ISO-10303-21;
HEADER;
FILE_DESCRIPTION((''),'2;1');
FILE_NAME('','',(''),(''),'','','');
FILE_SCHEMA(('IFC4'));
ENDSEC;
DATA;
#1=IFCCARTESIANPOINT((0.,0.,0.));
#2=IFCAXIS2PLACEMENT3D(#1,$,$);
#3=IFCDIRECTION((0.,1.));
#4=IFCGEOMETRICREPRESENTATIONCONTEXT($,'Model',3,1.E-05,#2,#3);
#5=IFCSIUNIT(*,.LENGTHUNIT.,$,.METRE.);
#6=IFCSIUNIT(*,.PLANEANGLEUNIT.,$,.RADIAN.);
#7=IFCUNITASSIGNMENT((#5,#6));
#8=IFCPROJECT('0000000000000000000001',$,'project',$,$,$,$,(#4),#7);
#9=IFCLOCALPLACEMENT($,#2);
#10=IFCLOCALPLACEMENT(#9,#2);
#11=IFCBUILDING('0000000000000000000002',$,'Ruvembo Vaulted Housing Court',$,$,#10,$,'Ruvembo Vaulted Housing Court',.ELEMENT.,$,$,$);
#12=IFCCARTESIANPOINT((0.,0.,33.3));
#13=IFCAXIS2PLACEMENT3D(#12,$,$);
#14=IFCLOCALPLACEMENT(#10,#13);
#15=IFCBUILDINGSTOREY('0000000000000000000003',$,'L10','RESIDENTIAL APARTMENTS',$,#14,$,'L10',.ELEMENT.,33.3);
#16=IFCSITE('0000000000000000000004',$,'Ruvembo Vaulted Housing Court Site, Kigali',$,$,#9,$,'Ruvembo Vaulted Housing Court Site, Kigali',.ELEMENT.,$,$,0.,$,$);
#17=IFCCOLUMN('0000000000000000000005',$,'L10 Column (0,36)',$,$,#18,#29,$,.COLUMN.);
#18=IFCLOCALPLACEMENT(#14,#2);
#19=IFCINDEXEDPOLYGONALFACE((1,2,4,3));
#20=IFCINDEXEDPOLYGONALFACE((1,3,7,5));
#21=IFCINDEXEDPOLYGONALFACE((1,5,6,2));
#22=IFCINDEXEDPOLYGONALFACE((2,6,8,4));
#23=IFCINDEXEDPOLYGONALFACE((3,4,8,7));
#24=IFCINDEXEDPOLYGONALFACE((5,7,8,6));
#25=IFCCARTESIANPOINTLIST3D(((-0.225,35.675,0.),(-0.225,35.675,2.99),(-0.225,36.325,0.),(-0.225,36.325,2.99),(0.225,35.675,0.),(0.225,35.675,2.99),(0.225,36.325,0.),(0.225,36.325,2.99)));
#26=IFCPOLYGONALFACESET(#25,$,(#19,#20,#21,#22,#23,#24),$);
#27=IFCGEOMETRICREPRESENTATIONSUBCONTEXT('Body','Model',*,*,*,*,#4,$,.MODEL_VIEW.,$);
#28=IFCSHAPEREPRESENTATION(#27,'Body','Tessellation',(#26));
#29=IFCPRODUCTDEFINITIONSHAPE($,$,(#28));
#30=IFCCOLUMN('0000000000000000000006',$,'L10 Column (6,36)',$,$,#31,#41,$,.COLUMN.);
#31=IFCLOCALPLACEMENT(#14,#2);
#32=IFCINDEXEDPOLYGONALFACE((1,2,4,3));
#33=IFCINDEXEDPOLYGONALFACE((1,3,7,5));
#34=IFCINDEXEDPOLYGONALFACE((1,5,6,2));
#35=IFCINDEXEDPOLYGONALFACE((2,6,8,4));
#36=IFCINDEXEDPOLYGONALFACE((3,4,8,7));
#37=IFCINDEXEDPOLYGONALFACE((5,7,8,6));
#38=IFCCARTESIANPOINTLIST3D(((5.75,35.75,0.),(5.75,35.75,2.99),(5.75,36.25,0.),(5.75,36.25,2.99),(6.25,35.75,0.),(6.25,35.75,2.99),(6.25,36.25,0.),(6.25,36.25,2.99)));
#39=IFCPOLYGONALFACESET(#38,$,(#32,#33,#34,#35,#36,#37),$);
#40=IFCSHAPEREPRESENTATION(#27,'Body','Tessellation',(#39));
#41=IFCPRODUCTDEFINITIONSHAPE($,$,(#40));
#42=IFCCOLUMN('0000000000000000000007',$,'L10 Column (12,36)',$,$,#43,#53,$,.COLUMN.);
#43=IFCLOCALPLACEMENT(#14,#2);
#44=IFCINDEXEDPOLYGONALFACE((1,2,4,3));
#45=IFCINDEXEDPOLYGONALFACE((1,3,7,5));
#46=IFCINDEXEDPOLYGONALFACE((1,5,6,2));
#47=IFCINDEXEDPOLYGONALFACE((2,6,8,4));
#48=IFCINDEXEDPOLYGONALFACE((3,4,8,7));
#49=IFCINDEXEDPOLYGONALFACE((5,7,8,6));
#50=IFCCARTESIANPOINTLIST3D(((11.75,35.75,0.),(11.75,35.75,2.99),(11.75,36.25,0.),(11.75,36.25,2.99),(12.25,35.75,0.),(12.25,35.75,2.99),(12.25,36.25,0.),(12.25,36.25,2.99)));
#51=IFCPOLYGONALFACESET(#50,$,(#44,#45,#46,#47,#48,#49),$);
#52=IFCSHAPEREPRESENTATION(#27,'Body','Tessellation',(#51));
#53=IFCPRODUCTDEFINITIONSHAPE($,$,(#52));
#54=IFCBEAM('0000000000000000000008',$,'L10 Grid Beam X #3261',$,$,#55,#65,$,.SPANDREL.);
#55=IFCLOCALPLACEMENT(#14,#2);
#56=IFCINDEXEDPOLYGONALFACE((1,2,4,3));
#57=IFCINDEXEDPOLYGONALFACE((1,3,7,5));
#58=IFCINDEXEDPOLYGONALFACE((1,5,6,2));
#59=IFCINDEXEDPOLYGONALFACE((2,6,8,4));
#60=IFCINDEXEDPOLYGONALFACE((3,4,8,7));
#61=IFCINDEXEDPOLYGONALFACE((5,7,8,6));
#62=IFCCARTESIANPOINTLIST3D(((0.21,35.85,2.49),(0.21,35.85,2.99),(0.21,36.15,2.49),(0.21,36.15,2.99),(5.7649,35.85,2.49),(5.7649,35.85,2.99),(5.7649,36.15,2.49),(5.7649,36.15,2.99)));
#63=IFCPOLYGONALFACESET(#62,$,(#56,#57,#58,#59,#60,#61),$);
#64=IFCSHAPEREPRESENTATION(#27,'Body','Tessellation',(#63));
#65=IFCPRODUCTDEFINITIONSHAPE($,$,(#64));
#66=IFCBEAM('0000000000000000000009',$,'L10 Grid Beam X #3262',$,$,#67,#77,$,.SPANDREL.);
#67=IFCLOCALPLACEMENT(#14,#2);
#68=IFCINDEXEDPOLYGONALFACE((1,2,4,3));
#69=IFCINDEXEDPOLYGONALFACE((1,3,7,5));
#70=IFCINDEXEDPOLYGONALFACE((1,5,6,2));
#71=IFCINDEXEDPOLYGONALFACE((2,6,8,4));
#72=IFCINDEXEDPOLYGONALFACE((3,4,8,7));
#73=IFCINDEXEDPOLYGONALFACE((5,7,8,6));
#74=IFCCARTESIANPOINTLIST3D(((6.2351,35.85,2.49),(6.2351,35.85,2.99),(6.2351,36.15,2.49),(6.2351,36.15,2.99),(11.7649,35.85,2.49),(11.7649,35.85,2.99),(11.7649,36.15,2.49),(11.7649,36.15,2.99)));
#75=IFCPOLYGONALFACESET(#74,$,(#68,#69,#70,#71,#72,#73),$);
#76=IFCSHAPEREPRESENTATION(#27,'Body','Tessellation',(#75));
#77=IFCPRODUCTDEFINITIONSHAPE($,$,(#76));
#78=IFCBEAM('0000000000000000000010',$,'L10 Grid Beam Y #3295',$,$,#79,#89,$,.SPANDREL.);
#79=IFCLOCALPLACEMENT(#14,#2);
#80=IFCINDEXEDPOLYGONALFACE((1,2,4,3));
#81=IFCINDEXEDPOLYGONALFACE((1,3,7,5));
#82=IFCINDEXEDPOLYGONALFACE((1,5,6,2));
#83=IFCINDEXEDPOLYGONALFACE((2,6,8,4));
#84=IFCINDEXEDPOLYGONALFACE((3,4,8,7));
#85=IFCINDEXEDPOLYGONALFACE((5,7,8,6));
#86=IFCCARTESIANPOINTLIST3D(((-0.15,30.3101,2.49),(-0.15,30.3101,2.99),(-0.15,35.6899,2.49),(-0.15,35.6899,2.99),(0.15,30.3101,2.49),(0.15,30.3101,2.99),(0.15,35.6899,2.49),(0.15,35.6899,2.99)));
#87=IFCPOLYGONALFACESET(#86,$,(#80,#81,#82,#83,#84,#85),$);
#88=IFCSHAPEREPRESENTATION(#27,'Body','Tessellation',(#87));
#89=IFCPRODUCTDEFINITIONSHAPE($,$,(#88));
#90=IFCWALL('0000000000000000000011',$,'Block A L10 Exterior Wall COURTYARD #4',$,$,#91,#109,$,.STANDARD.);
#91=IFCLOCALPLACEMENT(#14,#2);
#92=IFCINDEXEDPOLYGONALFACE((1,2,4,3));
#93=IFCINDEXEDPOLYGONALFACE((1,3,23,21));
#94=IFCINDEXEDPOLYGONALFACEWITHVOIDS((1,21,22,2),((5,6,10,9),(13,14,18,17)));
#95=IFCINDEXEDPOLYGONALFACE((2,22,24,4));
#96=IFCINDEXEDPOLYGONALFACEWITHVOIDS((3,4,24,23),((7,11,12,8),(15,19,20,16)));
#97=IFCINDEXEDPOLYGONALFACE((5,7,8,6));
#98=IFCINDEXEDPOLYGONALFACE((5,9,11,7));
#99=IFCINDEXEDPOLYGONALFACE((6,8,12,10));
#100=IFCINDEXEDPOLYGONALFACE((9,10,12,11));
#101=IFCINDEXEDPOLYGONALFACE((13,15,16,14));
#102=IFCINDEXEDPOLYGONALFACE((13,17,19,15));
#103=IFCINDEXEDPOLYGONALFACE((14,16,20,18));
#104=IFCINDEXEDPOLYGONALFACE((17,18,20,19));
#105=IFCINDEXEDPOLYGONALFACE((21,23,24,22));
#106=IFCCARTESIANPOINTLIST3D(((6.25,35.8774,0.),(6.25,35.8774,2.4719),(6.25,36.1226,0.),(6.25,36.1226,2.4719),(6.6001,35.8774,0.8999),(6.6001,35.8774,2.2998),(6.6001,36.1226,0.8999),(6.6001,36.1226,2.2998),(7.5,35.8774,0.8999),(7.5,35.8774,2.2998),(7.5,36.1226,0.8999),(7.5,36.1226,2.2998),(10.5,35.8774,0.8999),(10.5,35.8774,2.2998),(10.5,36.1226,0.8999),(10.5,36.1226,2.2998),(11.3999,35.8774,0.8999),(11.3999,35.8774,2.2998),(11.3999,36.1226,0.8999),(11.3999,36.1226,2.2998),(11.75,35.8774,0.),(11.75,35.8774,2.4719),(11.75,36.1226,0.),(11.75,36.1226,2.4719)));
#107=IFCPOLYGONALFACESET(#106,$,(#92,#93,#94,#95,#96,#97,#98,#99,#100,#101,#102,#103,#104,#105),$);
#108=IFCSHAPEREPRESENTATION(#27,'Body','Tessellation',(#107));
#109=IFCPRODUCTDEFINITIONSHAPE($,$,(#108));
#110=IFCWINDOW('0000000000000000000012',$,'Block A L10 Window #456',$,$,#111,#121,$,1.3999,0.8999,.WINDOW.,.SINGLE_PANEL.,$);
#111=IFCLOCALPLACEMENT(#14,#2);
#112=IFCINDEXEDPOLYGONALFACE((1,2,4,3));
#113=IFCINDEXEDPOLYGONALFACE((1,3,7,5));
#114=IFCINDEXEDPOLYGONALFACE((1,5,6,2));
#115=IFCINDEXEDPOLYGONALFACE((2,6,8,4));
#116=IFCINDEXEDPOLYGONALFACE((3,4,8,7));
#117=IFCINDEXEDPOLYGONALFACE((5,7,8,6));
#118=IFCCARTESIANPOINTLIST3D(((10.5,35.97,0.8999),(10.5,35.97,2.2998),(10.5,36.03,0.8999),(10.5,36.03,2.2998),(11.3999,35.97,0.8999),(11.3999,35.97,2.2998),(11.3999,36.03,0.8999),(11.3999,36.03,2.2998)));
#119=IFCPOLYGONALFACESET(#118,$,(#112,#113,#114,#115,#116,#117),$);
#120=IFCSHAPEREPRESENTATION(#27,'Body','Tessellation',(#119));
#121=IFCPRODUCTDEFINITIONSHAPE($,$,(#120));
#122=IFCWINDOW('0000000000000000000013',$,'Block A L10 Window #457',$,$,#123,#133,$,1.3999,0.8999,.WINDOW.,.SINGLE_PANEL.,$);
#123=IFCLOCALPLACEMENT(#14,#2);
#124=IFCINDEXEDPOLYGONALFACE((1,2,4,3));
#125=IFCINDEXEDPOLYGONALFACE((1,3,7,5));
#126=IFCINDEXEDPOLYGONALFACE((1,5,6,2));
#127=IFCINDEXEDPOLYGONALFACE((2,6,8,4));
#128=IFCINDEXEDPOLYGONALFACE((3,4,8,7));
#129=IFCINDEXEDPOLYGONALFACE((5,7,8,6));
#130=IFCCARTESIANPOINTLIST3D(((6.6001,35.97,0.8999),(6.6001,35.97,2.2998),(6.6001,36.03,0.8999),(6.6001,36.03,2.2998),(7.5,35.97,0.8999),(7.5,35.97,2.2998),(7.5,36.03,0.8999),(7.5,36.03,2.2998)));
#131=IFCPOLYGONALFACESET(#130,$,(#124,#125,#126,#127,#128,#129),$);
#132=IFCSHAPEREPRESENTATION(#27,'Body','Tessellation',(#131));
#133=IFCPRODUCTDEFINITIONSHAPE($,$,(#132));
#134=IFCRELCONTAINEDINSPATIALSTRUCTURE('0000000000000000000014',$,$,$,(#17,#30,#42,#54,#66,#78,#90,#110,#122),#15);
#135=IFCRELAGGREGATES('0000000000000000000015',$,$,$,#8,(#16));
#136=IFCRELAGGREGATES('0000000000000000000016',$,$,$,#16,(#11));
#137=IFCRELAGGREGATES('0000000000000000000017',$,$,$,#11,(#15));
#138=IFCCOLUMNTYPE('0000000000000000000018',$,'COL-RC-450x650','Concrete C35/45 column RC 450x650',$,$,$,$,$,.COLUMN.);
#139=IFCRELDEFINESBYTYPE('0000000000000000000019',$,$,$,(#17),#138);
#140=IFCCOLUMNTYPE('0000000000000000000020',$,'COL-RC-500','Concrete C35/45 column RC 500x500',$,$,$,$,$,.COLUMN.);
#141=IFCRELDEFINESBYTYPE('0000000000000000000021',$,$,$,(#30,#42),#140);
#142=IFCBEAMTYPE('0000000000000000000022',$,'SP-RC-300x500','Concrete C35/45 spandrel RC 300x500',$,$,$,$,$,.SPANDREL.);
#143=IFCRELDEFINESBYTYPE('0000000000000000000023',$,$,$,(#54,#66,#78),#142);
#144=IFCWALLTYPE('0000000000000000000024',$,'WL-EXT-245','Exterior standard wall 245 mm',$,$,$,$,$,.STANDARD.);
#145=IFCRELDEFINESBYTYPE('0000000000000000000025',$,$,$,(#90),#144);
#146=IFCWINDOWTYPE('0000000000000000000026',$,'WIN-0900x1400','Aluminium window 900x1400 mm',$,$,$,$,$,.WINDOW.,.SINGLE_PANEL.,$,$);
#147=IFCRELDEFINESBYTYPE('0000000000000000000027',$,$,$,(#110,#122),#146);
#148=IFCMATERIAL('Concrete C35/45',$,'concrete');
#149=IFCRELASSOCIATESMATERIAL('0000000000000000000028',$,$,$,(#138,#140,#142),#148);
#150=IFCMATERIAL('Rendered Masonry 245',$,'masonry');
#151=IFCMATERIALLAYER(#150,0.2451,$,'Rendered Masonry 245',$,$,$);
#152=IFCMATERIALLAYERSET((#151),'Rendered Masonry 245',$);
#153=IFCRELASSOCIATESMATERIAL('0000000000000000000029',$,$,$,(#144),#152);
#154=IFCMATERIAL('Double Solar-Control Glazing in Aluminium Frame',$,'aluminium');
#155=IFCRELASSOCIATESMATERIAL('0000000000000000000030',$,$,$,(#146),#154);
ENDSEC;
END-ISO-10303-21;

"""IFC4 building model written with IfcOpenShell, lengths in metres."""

from ifc_helpers import new_model, si_unit, direction, frame, frame_2d, origin, origin_2d, place, context, subcontext, project, spatial, rectangle, extrude, material, layer, layer_set, material_profile, profile_set, type_object, element, fill, save


model = new_model("IFC4")

# Units and contexts
model_context = context("Model", 3, precision=1e-05, world=origin(), true_north=direction((0.0, 1.0)))
body_context = subcontext(model_context, "Body", "Model", "MODEL_VIEW")
ifc_project = project(units=[si_unit("LENGTHUNIT", "METRE"), si_unit("PLANEANGLEUNIT", "RADIAN")], contexts=[model_context])

# Site, building, storey
site_placement = place(None, origin())
site = spatial("IfcSite", under=ifc_project, at=site_placement, Name="Ruvembo Vaulted Housing Court Site, Kigali", LongName="Ruvembo Vaulted Housing Court Site, Kigali", CompositionType="ELEMENT", RefElevation=0.0)
building_placement = place(site_placement, origin())
building = spatial("IfcBuilding", under=site, at=building_placement, Name="Ruvembo Vaulted Housing Court", LongName="Ruvembo Vaulted Housing Court", CompositionType="ELEMENT")
storey_placement = place(building_placement, frame((0.0, 0.0, 33.3)))
storey = spatial("IfcBuildingStorey", under=building, at=storey_placement, Name="L10", Description="RESIDENTIAL APARTMENTS", LongName="L10", CompositionType="ELEMENT", Elevation=33.3)

# Columns
ifc_material_1 = material(Name="Concrete C35/45", Category="concrete")
ifc_material_profile_1 = material_profile(ifc_material_1, rectangle(XDim=0.45, YDim=0.6499, at=origin_2d()), Name="RC 450x650")
ifc_profile_set_1 = profile_set([ifc_material_profile_1], Name="Concrete C35/45")
column_type_1 = type_object("IfcColumnType", Name="COL-RC-450x650", Description="Concrete C35/45 column RC 450x650", PredefinedType="COLUMN", material=ifc_profile_set_1)
column_placement = place(storey_placement, frame((0.0, 36.0, 0.0), z_axis=(0.0, 0.0, 1.0), x_axis=(1.0, 0.0, 0.0)))
element("IfcColumn", 1, at=column_placement, inside=storey, type_object=column_type_1, Name="L10 Column (0,36)", PredefinedType="COLUMN", context=body_context, shape_type="SweptSolid", body=[
    extrude(rectangle(XDim=0.45, YDim=0.6499, at=origin_2d()), origin(), (0.0, 0.0, 1.0), 2.99),
])
ifc_material_profile_2 = material_profile(ifc_material_1, rectangle(XDim=0.5, YDim=0.5, at=origin_2d()), Name="RC 500x500")
ifc_profile_set_2 = profile_set([ifc_material_profile_2], Name="Concrete C35/45")
column_type_2 = type_object("IfcColumnType", Name="COL-RC-500", Description="Concrete C35/45 column RC 500x500", PredefinedType="COLUMN", material=ifc_profile_set_2)
for number, where, z_axis, x_axis, name in (
    (2, (6.0, 36.0, 0.0), (0.0, 0.0, 1.0), (1.0, 0.0, 0.0), "L10 Column (6,36)"),
    (3, (12.0, 36.0, 0.0), (0.0, 0.0, 1.0), (1.0, 0.0, 0.0), "L10 Column (12,36)"),
):
    element("IfcColumn", number, at=place(storey_placement, frame(where, z_axis=z_axis, x_axis=x_axis)), inside=storey, type_object=column_type_2, Name=name, PredefinedType="COLUMN", context=body_context, shape_type="SweptSolid", body=[
        extrude(rectangle(XDim=0.5, YDim=0.5, at=origin_2d()), origin(), (0.0, 0.0, 1.0), 2.99),
    ])

# Beams
ifc_material_profile_3 = material_profile(ifc_material_1, rectangle(XDim=0.3, YDim=0.5, at=origin_2d()), Name="RC 300x500")
ifc_profile_set_3 = profile_set([ifc_material_profile_3], Name="Concrete C35/45")
beam_type = type_object("IfcBeamType", Name="SP-RC-300x500", Description="Concrete C35/45 spandrel RC 300x500", PredefinedType="SPANDREL", material=ifc_profile_set_3)
beam_1_placement = place(storey_placement, frame((0.21, 36.0, 2.74), z_axis=(1.0, 0.0, 0.0), x_axis=(0.0, 1.0, 0.0)))
element("IfcBeam", 4, at=beam_1_placement, inside=storey, type_object=beam_type, Name="L10 Grid Beam X #3261", PredefinedType="SPANDREL", context=body_context, shape_type="SweptSolid", body=[
    extrude(rectangle(XDim=0.3, YDim=0.5, at=origin_2d()), origin(), (0.0, 0.0, 1.0), 5.5549),
])
beam_2_placement = place(storey_placement, frame((6.2351, 36.0, 2.74), z_axis=(1.0, 0.0, 0.0), x_axis=(0.0, 1.0, 0.0)))
element("IfcBeam", 5, at=beam_2_placement, inside=storey, type_object=beam_type, Name="L10 Grid Beam X #3262", PredefinedType="SPANDREL", context=body_context, shape_type="SweptSolid", body=[
    extrude(rectangle(XDim=0.3, YDim=0.5, at=origin_2d()), origin(), (0.0, 0.0, 1.0), 5.5298),
])
beam_3_placement = place(storey_placement, frame((0.0, 30.3101, 2.74), z_axis=(0.0, 1.0, 0.0), x_axis=(-1.0, 0.0, 0.0)))
element("IfcBeam", 6, at=beam_3_placement, inside=storey, type_object=beam_type, Name="L10 Grid Beam Y #3295", PredefinedType="SPANDREL", context=body_context, shape_type="SweptSolid", body=[
    extrude(rectangle(XDim=0.3, YDim=0.5, at=origin_2d()), origin(), (0.0, 0.0, 1.0), 5.3799),
])

# Wall, openings, windows
ifc_material_2 = material(Name="Rendered Masonry 245", Category="masonry")
ifc_layer_1 = layer(ifc_material_2, 0.2451, Name="Rendered Masonry 245")
ifc_layer_set_1 = layer_set([ifc_layer_1], Name="Rendered Masonry 245")
wall_type_1 = type_object("IfcWallType", Name="WL-EXT-245", Description="Exterior standard wall 245 mm", PredefinedType="STANDARD", material=ifc_layer_set_1)
wall_1_placement = place(storey_placement, frame((11.75, 36.0, 0.0), z_axis=(0.0, 0.0, 1.0), x_axis=(-1.0, 0.0, 0.0)))
wall_1 = element("IfcWall", 7, at=wall_1_placement, inside=storey, type_object=wall_type_1, Name="Block A L10 Exterior Wall COURTYARD #4", PredefinedType="STANDARD", context=body_context, shape_type="SweptSolid", body=[
    extrude(rectangle(XDim=5.5, YDim=0.2451, at=frame_2d((2.75, 0.0))), origin(), (0.0, 0.0, 1.0), 2.4719),
])
opening_1_placement = place(wall_1_placement, frame((0.3501, 0.0, 0.8999)))
opening_1 = element("IfcOpeningElement", 8, at=opening_1_placement, cuts=wall_1, PredefinedType="OPENING", context=body_context, shape_type="SweptSolid", body=[
    extrude(rectangle(XDim=0.8999, YDim=1.3999, at=frame_2d((0.45, 0.7))), frame((0.0, 0.1326, 0.0), z_axis=(0.0, -1.0, 0.0), x_axis=(1.0, 0.0, 0.0)), (0.0, 0.0, 1.0), 0.2651),
])
opening_2_placement = place(wall_1_placement, frame((4.25, 0.0, 0.8999)))
opening_2 = element("IfcOpeningElement", 9, at=opening_2_placement, cuts=wall_1, PredefinedType="OPENING", context=body_context, shape_type="SweptSolid", body=[
    extrude(rectangle(XDim=0.8999, YDim=1.3999, at=frame_2d((0.45, 0.7))), frame((0.0, 0.1326, 0.0), z_axis=(0.0, -1.0, 0.0), x_axis=(1.0, 0.0, 0.0)), (0.0, 0.0, 1.0), 0.2651),
])
ifc_material_3 = material(Name="Double Solar-Control Glazing in Aluminium Frame", Category="aluminium")
window_type_1 = type_object("IfcWindowType", Name="WIN-0900x1400", Description="Aluminium window 900x1400 mm", PartitioningType="SINGLE_PANEL", PredefinedType="WINDOW", material=ifc_material_3)
window_1_placement = place(opening_1_placement, origin())
window_1 = element("IfcWindow", 10, at=window_1_placement, inside=storey, type_object=window_type_1, Name="Block A L10 Window #456", OverallHeight=1.3999, OverallWidth=0.8999, PartitioningType="SINGLE_PANEL", PredefinedType="WINDOW", context=body_context, shape_type="SweptSolid", body=[
    extrude(rectangle(XDim=0.8999, YDim=1.3999, at=frame_2d((0.45, 0.7))), frame((0.0, 0.03, 0.0), z_axis=(0.0, -1.0, 0.0), x_axis=(1.0, 0.0, 0.0)), (0.0, 0.0, 1.0), 0.0601),
])
fill(opening_1, window_1)
window_2_placement = place(opening_2_placement, origin())
window_2 = element("IfcWindow", 11, at=window_2_placement, inside=storey, type_object=window_type_1, Name="Block A L10 Window #457", OverallHeight=1.3999, OverallWidth=0.8999, PartitioningType="SINGLE_PANEL", PredefinedType="WINDOW", context=body_context, shape_type="SweptSolid", body=[
    extrude(rectangle(XDim=0.8999, YDim=1.3999, at=frame_2d((0.45, 0.7))), frame((0.0, 0.03, 0.0), z_axis=(0.0, -1.0, 0.0), x_axis=(1.0, 0.0, 0.0)), (0.0, 0.0, 1.0), 0.0601),
])
fill(opening_2, window_2)

save(model, "model.ifc")
